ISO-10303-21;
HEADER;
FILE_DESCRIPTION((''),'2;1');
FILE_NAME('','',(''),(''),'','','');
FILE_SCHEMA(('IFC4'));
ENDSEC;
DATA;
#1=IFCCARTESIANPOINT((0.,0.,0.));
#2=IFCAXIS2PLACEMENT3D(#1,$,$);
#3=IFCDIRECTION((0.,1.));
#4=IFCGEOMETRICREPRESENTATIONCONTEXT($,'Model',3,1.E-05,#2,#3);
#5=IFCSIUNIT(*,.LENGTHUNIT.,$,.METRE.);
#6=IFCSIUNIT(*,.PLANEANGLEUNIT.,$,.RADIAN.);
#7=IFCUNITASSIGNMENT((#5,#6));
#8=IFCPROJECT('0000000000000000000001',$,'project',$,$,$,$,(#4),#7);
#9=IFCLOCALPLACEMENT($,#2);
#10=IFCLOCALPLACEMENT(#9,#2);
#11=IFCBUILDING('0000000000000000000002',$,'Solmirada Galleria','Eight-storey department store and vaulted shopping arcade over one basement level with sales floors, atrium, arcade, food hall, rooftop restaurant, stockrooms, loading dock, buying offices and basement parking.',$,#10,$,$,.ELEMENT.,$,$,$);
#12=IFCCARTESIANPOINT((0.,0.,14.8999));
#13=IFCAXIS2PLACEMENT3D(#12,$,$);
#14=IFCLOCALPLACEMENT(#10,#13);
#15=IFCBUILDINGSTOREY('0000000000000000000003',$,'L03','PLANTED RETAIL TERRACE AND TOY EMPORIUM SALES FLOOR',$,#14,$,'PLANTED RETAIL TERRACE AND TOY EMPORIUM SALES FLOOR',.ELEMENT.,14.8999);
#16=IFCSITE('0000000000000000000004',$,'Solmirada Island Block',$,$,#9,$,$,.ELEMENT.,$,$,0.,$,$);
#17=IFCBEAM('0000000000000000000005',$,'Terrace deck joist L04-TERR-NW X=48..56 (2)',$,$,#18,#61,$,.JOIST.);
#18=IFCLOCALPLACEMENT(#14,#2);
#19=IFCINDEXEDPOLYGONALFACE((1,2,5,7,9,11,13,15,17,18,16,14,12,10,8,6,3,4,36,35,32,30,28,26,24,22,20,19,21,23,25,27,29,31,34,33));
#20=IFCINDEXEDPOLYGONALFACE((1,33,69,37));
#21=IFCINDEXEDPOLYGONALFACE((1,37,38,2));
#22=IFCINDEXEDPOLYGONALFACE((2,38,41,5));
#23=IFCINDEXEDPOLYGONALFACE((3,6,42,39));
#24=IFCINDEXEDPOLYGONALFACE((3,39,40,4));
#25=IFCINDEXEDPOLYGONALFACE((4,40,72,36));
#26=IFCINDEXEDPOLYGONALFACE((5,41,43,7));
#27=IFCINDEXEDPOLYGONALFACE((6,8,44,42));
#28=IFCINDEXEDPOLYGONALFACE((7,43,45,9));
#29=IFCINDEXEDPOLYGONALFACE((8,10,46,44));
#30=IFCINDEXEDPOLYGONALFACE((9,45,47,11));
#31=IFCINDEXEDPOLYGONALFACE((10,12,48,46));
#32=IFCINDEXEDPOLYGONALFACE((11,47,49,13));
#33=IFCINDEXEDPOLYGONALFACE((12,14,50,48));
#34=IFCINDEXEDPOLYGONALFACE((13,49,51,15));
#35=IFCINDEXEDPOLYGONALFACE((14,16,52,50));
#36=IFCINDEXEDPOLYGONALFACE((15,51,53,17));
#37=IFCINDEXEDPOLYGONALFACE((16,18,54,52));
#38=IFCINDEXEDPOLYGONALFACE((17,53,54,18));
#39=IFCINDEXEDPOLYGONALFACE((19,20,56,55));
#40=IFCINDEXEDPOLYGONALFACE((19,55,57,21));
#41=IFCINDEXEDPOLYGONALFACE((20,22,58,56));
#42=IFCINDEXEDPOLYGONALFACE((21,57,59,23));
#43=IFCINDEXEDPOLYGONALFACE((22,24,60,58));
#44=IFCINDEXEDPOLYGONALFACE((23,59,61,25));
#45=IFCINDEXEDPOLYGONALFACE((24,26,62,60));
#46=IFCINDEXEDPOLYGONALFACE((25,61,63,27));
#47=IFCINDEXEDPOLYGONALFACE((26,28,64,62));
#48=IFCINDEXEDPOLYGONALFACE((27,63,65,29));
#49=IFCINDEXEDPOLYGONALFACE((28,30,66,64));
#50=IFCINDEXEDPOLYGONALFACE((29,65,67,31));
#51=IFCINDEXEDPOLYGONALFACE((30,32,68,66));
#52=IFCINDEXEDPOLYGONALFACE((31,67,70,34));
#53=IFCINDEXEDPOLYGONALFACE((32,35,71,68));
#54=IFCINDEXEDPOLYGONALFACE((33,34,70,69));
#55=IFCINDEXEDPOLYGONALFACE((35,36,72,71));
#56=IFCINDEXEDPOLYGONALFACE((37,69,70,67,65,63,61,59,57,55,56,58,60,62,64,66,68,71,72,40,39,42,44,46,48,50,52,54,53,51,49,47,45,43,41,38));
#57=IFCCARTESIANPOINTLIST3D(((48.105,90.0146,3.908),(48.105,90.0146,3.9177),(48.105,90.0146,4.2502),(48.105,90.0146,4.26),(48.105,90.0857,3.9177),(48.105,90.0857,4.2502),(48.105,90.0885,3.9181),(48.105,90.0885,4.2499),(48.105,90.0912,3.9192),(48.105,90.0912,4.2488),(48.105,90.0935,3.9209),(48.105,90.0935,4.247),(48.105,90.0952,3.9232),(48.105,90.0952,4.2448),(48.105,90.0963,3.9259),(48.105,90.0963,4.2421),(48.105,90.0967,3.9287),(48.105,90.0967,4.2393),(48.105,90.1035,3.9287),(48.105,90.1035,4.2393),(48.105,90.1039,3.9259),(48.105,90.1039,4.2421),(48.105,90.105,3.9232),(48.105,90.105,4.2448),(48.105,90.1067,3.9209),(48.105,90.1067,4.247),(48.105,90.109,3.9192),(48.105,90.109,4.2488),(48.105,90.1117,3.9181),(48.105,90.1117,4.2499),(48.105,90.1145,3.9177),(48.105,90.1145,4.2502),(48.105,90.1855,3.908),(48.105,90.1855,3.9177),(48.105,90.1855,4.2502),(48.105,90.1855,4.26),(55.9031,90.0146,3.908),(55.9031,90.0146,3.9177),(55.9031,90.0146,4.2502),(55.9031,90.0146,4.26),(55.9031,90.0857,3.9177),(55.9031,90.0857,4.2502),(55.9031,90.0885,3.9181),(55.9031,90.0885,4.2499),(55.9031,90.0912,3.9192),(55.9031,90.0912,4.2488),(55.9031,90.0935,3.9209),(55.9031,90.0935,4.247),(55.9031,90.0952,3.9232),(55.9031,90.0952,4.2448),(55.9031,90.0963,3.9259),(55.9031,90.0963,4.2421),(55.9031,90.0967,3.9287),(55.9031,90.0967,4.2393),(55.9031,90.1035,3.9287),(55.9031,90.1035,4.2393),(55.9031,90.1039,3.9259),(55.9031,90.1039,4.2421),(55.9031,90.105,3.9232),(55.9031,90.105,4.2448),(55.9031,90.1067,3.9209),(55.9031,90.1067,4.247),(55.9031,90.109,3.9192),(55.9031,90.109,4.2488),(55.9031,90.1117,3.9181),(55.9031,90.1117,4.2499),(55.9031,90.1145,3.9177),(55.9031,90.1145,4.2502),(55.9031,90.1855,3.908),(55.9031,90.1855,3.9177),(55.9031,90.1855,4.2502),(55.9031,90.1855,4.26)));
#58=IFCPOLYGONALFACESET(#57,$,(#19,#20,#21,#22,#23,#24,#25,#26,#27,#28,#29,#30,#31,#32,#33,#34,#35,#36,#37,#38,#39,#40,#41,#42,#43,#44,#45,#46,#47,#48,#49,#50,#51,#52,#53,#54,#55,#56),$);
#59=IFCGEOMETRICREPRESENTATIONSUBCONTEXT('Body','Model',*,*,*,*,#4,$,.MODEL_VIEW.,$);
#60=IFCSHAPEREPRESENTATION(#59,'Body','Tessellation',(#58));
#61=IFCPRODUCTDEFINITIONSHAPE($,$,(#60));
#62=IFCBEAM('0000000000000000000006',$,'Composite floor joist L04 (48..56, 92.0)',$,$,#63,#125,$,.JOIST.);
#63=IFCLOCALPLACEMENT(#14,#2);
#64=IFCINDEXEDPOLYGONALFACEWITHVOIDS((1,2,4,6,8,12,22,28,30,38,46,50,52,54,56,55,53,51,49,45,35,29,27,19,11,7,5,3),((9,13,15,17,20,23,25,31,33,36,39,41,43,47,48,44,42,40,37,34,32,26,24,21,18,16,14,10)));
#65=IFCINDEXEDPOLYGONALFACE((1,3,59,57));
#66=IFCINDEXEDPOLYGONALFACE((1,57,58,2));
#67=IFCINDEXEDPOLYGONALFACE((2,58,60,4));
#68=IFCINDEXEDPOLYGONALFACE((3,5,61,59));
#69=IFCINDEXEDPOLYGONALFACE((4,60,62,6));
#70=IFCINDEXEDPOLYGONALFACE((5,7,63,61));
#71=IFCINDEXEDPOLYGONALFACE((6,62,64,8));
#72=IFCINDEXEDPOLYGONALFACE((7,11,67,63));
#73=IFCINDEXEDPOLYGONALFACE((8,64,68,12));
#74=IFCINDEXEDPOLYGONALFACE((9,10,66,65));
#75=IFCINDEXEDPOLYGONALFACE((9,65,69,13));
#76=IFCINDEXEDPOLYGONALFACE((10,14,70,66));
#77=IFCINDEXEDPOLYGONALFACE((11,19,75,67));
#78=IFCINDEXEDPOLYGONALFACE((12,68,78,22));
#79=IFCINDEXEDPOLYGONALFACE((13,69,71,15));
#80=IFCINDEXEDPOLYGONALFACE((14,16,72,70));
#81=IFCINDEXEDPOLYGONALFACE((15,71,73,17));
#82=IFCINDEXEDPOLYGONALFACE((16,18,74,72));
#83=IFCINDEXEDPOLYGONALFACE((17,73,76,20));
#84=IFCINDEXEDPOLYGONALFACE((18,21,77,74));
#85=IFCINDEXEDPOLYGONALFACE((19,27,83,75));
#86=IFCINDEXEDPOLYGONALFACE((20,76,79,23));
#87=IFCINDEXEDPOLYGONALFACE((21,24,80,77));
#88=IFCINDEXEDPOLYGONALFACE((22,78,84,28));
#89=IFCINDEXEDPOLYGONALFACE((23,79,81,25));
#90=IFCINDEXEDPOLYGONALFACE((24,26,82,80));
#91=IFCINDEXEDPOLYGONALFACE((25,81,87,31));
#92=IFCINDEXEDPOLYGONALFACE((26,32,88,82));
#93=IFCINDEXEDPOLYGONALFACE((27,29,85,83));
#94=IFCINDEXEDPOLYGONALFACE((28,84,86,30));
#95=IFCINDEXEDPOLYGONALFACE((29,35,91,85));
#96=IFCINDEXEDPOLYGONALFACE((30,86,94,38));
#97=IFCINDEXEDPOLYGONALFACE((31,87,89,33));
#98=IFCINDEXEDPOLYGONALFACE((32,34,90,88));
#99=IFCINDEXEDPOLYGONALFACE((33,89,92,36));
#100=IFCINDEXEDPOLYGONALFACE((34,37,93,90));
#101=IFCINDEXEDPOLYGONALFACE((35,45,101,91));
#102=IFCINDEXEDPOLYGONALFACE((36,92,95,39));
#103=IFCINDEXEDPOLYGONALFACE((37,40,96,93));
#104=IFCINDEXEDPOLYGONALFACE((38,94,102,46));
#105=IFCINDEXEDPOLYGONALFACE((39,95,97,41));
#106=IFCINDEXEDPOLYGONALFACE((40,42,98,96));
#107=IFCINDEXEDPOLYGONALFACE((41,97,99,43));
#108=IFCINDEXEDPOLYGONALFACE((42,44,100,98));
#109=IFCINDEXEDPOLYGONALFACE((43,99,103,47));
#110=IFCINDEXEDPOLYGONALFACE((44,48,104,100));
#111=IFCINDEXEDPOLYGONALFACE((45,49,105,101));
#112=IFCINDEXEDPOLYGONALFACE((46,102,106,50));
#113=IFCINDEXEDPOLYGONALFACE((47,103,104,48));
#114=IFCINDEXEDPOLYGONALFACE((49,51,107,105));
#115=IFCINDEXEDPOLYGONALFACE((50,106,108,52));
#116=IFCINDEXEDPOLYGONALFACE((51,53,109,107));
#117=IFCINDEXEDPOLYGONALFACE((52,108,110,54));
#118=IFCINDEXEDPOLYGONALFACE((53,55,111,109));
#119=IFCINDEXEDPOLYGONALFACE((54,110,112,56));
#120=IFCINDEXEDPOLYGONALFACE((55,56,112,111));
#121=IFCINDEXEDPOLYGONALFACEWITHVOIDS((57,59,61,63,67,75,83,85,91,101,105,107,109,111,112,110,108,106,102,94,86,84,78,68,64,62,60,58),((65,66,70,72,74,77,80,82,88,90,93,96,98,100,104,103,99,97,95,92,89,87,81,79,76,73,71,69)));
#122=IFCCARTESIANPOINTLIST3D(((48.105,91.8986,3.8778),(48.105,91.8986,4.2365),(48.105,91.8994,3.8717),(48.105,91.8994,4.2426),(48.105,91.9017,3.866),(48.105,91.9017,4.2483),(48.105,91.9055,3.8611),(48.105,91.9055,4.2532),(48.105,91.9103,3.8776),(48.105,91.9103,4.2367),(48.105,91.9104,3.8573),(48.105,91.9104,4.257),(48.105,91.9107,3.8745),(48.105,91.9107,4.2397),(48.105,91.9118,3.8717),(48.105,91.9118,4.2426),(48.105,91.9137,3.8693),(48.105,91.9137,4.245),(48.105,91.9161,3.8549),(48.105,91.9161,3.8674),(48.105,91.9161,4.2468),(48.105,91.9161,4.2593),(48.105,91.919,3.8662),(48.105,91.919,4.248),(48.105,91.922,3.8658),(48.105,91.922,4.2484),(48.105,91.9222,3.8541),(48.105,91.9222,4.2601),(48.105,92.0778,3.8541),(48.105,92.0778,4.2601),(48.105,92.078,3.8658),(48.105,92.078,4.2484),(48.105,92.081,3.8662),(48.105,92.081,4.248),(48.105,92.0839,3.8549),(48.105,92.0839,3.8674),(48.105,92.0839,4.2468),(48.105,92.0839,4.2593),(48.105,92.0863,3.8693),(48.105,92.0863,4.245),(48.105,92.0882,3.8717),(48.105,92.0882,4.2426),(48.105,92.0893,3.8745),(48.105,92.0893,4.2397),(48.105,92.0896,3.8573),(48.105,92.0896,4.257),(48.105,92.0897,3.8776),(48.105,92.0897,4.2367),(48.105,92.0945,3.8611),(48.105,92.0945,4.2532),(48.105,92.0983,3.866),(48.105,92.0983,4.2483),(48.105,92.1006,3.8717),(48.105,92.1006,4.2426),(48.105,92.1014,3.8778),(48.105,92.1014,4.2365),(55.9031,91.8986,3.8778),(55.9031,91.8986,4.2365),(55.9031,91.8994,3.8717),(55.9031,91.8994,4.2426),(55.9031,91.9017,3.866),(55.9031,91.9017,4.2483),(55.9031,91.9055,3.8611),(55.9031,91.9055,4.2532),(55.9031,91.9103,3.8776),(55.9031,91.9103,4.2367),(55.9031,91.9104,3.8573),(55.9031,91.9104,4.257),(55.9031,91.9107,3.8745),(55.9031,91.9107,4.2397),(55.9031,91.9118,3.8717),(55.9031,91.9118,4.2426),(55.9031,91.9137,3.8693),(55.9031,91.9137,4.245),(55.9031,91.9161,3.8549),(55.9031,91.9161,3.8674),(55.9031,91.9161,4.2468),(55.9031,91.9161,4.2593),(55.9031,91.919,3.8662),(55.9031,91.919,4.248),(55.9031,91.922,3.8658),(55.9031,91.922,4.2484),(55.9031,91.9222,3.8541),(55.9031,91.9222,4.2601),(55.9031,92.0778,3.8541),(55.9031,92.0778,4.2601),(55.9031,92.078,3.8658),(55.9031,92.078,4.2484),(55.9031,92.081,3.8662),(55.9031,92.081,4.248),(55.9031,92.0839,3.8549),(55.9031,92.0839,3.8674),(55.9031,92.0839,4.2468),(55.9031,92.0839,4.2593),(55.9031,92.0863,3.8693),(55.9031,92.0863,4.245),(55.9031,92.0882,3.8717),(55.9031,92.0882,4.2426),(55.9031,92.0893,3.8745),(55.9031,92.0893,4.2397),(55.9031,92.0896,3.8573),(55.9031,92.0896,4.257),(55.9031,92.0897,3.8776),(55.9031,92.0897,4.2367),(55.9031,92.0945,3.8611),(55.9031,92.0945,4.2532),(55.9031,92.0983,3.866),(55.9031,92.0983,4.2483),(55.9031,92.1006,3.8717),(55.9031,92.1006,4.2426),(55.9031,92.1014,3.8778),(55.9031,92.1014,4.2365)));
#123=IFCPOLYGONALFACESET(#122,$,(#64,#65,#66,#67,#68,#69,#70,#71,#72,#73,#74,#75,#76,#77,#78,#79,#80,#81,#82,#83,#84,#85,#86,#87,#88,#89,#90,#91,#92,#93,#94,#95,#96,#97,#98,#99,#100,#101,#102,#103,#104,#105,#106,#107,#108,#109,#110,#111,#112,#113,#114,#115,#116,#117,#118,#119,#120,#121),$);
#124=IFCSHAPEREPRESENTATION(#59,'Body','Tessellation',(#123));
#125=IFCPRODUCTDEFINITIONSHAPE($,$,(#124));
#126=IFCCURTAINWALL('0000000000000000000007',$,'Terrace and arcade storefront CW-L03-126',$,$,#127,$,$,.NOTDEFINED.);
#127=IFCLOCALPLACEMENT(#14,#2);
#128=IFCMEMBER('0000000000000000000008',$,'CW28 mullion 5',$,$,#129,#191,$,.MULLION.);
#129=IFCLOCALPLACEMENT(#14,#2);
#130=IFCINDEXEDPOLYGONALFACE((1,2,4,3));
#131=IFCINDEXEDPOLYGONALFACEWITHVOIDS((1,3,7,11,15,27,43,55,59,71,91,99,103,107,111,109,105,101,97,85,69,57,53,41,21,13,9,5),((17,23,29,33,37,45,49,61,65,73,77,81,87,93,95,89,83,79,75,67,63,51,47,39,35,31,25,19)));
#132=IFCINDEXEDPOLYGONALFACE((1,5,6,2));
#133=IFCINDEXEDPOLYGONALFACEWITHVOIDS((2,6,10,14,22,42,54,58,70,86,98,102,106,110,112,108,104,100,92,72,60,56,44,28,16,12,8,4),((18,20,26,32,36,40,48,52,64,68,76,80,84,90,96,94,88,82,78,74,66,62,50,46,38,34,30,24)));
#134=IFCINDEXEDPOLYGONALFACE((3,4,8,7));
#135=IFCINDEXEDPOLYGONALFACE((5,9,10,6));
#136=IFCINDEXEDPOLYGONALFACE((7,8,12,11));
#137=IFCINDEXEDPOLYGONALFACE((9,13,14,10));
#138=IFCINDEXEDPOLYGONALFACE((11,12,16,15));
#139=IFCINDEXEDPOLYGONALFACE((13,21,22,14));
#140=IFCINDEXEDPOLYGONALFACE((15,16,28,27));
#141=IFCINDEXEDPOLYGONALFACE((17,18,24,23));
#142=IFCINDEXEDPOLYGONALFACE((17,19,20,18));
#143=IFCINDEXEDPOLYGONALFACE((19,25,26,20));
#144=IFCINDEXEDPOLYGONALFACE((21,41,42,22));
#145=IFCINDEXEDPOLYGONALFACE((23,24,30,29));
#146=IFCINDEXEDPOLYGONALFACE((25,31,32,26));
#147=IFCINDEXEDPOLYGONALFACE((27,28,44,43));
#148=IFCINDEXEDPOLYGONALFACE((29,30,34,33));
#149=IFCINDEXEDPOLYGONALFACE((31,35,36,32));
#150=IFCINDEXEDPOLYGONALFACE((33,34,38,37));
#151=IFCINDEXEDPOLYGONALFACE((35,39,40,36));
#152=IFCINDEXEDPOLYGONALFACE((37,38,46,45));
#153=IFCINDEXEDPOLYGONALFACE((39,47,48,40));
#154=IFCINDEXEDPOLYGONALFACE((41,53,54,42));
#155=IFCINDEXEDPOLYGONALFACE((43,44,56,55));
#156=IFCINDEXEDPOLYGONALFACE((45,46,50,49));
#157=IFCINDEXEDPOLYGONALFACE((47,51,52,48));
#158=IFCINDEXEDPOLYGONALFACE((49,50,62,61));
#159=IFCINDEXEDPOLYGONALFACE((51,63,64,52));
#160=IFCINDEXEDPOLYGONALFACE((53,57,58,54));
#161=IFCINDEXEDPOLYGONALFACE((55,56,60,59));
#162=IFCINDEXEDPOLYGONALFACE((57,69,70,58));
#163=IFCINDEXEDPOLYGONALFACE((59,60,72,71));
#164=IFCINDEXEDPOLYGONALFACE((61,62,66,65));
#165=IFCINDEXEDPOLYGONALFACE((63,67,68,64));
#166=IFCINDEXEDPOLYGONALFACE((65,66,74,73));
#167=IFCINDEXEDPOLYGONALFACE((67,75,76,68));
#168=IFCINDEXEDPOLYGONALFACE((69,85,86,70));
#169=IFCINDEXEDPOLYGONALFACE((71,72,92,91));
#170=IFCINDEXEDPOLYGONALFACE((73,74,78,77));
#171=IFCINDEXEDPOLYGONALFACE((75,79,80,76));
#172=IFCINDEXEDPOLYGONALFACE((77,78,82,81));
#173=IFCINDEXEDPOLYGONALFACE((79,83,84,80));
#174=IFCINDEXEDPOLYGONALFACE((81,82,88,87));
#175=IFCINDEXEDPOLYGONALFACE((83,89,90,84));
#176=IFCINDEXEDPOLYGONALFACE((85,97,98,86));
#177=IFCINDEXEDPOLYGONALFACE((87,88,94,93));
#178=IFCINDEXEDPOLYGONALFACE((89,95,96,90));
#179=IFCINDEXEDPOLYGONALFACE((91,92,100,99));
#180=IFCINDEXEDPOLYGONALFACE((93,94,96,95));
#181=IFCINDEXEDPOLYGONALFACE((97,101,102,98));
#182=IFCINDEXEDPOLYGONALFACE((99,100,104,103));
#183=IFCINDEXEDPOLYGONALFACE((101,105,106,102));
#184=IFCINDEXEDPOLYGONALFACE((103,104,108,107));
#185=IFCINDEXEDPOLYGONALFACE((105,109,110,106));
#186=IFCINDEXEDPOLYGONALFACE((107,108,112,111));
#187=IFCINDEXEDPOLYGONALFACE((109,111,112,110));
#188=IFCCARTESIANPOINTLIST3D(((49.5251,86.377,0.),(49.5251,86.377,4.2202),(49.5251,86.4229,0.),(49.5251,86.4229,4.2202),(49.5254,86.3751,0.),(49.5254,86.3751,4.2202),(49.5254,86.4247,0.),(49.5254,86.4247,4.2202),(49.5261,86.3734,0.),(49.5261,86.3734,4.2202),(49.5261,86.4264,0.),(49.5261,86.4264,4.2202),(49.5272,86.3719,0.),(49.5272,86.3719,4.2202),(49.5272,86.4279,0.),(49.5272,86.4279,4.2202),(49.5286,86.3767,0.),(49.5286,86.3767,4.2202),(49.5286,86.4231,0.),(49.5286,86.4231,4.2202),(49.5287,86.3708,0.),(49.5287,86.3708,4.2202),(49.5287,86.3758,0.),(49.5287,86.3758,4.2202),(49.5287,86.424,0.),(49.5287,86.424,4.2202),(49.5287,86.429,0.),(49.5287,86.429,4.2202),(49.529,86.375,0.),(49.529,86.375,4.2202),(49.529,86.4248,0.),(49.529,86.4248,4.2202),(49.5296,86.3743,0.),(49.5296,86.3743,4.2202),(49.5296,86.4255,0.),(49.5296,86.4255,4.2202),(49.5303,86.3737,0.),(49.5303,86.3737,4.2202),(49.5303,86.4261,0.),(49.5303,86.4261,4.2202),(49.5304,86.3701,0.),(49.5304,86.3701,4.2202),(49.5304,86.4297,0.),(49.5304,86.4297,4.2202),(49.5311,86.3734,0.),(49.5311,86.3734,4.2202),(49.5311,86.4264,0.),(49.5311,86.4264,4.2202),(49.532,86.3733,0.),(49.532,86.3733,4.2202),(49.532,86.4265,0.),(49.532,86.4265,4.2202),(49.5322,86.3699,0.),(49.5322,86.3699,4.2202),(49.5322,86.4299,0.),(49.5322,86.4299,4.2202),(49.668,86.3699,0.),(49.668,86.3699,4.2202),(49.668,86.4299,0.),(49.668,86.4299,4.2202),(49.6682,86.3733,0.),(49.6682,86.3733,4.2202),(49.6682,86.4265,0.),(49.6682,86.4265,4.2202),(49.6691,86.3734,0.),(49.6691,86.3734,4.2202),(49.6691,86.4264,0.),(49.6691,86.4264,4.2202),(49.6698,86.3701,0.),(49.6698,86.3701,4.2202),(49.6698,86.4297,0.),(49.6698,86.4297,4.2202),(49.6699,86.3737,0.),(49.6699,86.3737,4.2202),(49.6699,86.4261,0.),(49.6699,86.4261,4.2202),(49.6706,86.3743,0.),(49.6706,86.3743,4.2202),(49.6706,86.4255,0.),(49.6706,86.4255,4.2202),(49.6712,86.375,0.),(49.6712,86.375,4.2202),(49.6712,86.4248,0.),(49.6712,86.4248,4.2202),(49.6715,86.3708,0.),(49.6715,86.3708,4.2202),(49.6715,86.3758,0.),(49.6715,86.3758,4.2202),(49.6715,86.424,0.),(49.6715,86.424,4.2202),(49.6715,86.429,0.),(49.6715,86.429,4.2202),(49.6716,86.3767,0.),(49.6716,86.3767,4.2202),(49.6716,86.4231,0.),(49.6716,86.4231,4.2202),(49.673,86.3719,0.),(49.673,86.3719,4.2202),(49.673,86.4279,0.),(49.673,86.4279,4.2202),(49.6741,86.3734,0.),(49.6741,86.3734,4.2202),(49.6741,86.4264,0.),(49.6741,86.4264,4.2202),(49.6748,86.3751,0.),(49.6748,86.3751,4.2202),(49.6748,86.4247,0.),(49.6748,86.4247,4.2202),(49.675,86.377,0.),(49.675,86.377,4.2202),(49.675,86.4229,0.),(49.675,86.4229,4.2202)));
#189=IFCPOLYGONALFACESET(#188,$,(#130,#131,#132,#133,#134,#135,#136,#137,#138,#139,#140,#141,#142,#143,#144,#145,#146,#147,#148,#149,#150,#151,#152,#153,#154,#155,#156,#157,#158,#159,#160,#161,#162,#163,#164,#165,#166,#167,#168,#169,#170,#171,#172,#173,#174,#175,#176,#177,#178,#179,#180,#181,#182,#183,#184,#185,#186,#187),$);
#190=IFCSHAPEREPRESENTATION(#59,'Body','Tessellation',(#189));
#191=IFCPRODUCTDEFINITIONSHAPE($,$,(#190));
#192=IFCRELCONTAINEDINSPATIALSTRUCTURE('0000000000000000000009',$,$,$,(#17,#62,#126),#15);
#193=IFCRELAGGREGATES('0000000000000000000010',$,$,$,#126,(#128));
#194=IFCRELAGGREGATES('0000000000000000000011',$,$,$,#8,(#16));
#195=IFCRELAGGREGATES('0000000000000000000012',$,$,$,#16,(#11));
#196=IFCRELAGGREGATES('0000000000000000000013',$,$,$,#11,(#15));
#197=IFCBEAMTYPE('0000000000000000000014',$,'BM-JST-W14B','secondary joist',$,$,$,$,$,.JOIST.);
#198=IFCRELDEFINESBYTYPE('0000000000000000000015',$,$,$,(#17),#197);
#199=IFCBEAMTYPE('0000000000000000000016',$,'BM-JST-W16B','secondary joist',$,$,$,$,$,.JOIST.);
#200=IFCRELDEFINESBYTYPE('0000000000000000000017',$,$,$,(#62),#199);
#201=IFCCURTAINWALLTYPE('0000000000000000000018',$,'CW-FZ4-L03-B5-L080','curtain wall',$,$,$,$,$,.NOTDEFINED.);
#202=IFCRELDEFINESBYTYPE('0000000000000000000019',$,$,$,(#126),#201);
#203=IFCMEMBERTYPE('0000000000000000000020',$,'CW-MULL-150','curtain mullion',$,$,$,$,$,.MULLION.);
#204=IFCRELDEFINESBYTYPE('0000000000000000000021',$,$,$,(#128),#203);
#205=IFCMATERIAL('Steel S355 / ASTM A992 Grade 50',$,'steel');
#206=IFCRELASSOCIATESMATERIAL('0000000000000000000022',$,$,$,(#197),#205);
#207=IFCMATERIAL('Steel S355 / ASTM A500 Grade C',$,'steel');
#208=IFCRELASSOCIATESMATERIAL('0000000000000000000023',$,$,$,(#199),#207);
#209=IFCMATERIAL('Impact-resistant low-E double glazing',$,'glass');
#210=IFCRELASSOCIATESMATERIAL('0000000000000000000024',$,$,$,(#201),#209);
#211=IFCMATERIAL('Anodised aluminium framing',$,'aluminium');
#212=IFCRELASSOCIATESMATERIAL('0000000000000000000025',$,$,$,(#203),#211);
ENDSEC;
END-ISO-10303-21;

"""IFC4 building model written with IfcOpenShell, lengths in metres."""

from ifc_helpers import new_model, si_unit, direction, frame, origin, origin_2d, place, context, subcontext, project, spatial, hollow_rectangle, i_section, extrude, material, material_profile, profile_set, type_object, element, aggregate, save


model = new_model("IFC4")

# Units and contexts
model_context = context("Model", 3, precision=1e-05, world=origin(), true_north=direction((0.0, 1.0)))
body_context = subcontext(model_context, "Body", "Model", "MODEL_VIEW")
ifc_project = project(units=[si_unit("LENGTHUNIT", "METRE"), si_unit("PLANEANGLEUNIT", "RADIAN")], contexts=[model_context])

# Site, building, storey
site_placement = place(None, origin())
site = spatial("IfcSite", under=ifc_project, at=site_placement, Name="Solmirada Island Block", CompositionType="ELEMENT", RefElevation=0.0)
building_placement = place(site_placement, origin())
building = spatial("IfcBuilding", under=site, at=building_placement, Name="Solmirada Galleria", Description="Eight-storey department store and vaulted shopping arcade over one basement level with sales floors, atrium, arcade, food hall, rooftop restaurant, stockrooms, loading dock, buying offices and basement parking.", CompositionType="ELEMENT")
storey_placement = place(building_placement, frame((0.0, 0.0, 14.8999)))
storey = spatial("IfcBuildingStorey", under=building, at=storey_placement, Name="L03", Description="PLANTED RETAIL TERRACE AND TOY EMPORIUM SALES FLOOR", LongName="PLANTED RETAIL TERRACE AND TOY EMPORIUM SALES FLOOR", CompositionType="ELEMENT", Elevation=14.8999)

# Shared definitions
ifc_material_1 = material(Name="Steel S355 / ASTM A500 Grade C", Category="steel")

# Beams
ifc_material_2 = material(Name="Steel S355 / ASTM A992 Grade 50", Category="steel")
ifc_material_profile_1 = material_profile(ifc_material_2, i_section(OverallWidth=0.1709, OverallDepth=0.3521, WebThickness=0.0068, FlangeThickness=0.0098, FilletRadius=0.011, at=origin_2d()), Name="W14X30")
ifc_profile_set_1 = profile_set([ifc_material_profile_1], Name="Steel S355 / ASTM A992 Grade 50")
beam_type_1 = type_object("IfcBeamType", Name="BM-JST-W14B", Description="secondary joist", PredefinedType="JOIST", material=ifc_profile_set_1)
beam_1_placement = place(storey_placement, frame((48.105, 90.1001, 4.084), z_axis=(1.0, 0.0, 0.0), x_axis=(0.0, 1.0, 0.0)))
element("IfcBeam", 1, at=beam_1_placement, inside=storey, type_object=beam_type_1, Name="Terrace deck joist L04-TERR-NW X=48..56 (2)", PredefinedType="JOIST", context=body_context, shape_type="SweptSolid", body=[
    extrude(i_section(OverallWidth=0.1709, OverallDepth=0.3521, WebThickness=0.0068, FlangeThickness=0.0098, FilletRadius=0.011, at=origin_2d()), origin(), (0.0, 0.0, 1.0), 7.7981),
])
ifc_material_profile_2 = material_profile(ifc_material_1, hollow_rectangle(XDim=0.2029, YDim=0.406, WallThickness=0.0117, InnerFilletRadius=0.0117, OuterFilletRadius=0.0237, at=origin_2d()), Name="HSS16X8X1/2")
ifc_profile_set_2 = profile_set([ifc_material_profile_2], Name="Steel S355 / ASTM A500 Grade C")
beam_type_2 = type_object("IfcBeamType", Name="BM-JST-W16B", Description="secondary joist", PredefinedType="JOIST", material=ifc_profile_set_2)
beam_2_placement = place(storey_placement, frame((48.105, 92.0, 4.0571), z_axis=(1.0, 0.0, 0.0), x_axis=(0.0, 1.0, 0.0)))
element("IfcBeam", 2, at=beam_2_placement, inside=storey, type_object=beam_type_2, Name="Composite floor joist L04 (48..56, 92.0)", PredefinedType="JOIST", context=body_context, shape_type="SweptSolid", body=[
    extrude(hollow_rectangle(XDim=0.2029, YDim=0.406, WallThickness=0.0117, InnerFilletRadius=0.0117, OuterFilletRadius=0.0237, at=origin_2d()), origin(), (0.0, 0.0, 1.0), 7.7981),
])

# Curtain wall, member
ifc_material_3 = material(Name="Impact-resistant low-E double glazing", Category="glass")
curtain_wall_type = type_object("IfcCurtainWallType", Name="CW-FZ4-L03-B5-L080", Description="curtain wall", PredefinedType="NOTDEFINED", material=ifc_material_3)
curtain_wall_1_placement = place(storey_placement, origin())
curtain_wall_1 = element("IfcCurtainWall", 3, at=curtain_wall_1_placement, inside=storey, type_object=curtain_wall_type, Name="Terrace and arcade storefront CW-L03-126", PredefinedType="NOTDEFINED")
ifc_material_4 = material(Name="Anodised aluminium framing", Category="aluminium")
ifc_material_profile_3 = material_profile(ifc_material_4, hollow_rectangle(XDim=0.0601, YDim=0.1499, WallThickness=0.0034, InnerFilletRadius=0.0034, OuterFilletRadius=0.0071, at=origin_2d()), Name="ALU-MULL-150X60")
ifc_profile_set_3 = profile_set([ifc_material_profile_3], Name="Anodised aluminium framing")
member_type_1 = type_object("IfcMemberType", Name="CW-MULL-150", Description="curtain mullion", PredefinedType="MULLION", material=ifc_profile_set_3)
member_1_placement = place(storey_placement, frame((49.6001, 86.3999, 0.0), z_axis=(0.0, 0.0, 1.0), x_axis=(0.0, -1.0, 0.0)))
member_1 = element("IfcMember", 4, at=member_1_placement, type_object=member_type_1, Name="CW28 mullion 5", PredefinedType="MULLION", context=body_context, shape_type="SweptSolid", body=[
    extrude(hollow_rectangle(XDim=0.0601, YDim=0.1499, WallThickness=0.0034, InnerFilletRadius=0.0034, OuterFilletRadius=0.0071, at=origin_2d()), origin(), (0.0, 0.0, 1.0), 4.2202),
])

aggregate(curtain_wall_1, [member_1])

save(model, "model.ifc")
